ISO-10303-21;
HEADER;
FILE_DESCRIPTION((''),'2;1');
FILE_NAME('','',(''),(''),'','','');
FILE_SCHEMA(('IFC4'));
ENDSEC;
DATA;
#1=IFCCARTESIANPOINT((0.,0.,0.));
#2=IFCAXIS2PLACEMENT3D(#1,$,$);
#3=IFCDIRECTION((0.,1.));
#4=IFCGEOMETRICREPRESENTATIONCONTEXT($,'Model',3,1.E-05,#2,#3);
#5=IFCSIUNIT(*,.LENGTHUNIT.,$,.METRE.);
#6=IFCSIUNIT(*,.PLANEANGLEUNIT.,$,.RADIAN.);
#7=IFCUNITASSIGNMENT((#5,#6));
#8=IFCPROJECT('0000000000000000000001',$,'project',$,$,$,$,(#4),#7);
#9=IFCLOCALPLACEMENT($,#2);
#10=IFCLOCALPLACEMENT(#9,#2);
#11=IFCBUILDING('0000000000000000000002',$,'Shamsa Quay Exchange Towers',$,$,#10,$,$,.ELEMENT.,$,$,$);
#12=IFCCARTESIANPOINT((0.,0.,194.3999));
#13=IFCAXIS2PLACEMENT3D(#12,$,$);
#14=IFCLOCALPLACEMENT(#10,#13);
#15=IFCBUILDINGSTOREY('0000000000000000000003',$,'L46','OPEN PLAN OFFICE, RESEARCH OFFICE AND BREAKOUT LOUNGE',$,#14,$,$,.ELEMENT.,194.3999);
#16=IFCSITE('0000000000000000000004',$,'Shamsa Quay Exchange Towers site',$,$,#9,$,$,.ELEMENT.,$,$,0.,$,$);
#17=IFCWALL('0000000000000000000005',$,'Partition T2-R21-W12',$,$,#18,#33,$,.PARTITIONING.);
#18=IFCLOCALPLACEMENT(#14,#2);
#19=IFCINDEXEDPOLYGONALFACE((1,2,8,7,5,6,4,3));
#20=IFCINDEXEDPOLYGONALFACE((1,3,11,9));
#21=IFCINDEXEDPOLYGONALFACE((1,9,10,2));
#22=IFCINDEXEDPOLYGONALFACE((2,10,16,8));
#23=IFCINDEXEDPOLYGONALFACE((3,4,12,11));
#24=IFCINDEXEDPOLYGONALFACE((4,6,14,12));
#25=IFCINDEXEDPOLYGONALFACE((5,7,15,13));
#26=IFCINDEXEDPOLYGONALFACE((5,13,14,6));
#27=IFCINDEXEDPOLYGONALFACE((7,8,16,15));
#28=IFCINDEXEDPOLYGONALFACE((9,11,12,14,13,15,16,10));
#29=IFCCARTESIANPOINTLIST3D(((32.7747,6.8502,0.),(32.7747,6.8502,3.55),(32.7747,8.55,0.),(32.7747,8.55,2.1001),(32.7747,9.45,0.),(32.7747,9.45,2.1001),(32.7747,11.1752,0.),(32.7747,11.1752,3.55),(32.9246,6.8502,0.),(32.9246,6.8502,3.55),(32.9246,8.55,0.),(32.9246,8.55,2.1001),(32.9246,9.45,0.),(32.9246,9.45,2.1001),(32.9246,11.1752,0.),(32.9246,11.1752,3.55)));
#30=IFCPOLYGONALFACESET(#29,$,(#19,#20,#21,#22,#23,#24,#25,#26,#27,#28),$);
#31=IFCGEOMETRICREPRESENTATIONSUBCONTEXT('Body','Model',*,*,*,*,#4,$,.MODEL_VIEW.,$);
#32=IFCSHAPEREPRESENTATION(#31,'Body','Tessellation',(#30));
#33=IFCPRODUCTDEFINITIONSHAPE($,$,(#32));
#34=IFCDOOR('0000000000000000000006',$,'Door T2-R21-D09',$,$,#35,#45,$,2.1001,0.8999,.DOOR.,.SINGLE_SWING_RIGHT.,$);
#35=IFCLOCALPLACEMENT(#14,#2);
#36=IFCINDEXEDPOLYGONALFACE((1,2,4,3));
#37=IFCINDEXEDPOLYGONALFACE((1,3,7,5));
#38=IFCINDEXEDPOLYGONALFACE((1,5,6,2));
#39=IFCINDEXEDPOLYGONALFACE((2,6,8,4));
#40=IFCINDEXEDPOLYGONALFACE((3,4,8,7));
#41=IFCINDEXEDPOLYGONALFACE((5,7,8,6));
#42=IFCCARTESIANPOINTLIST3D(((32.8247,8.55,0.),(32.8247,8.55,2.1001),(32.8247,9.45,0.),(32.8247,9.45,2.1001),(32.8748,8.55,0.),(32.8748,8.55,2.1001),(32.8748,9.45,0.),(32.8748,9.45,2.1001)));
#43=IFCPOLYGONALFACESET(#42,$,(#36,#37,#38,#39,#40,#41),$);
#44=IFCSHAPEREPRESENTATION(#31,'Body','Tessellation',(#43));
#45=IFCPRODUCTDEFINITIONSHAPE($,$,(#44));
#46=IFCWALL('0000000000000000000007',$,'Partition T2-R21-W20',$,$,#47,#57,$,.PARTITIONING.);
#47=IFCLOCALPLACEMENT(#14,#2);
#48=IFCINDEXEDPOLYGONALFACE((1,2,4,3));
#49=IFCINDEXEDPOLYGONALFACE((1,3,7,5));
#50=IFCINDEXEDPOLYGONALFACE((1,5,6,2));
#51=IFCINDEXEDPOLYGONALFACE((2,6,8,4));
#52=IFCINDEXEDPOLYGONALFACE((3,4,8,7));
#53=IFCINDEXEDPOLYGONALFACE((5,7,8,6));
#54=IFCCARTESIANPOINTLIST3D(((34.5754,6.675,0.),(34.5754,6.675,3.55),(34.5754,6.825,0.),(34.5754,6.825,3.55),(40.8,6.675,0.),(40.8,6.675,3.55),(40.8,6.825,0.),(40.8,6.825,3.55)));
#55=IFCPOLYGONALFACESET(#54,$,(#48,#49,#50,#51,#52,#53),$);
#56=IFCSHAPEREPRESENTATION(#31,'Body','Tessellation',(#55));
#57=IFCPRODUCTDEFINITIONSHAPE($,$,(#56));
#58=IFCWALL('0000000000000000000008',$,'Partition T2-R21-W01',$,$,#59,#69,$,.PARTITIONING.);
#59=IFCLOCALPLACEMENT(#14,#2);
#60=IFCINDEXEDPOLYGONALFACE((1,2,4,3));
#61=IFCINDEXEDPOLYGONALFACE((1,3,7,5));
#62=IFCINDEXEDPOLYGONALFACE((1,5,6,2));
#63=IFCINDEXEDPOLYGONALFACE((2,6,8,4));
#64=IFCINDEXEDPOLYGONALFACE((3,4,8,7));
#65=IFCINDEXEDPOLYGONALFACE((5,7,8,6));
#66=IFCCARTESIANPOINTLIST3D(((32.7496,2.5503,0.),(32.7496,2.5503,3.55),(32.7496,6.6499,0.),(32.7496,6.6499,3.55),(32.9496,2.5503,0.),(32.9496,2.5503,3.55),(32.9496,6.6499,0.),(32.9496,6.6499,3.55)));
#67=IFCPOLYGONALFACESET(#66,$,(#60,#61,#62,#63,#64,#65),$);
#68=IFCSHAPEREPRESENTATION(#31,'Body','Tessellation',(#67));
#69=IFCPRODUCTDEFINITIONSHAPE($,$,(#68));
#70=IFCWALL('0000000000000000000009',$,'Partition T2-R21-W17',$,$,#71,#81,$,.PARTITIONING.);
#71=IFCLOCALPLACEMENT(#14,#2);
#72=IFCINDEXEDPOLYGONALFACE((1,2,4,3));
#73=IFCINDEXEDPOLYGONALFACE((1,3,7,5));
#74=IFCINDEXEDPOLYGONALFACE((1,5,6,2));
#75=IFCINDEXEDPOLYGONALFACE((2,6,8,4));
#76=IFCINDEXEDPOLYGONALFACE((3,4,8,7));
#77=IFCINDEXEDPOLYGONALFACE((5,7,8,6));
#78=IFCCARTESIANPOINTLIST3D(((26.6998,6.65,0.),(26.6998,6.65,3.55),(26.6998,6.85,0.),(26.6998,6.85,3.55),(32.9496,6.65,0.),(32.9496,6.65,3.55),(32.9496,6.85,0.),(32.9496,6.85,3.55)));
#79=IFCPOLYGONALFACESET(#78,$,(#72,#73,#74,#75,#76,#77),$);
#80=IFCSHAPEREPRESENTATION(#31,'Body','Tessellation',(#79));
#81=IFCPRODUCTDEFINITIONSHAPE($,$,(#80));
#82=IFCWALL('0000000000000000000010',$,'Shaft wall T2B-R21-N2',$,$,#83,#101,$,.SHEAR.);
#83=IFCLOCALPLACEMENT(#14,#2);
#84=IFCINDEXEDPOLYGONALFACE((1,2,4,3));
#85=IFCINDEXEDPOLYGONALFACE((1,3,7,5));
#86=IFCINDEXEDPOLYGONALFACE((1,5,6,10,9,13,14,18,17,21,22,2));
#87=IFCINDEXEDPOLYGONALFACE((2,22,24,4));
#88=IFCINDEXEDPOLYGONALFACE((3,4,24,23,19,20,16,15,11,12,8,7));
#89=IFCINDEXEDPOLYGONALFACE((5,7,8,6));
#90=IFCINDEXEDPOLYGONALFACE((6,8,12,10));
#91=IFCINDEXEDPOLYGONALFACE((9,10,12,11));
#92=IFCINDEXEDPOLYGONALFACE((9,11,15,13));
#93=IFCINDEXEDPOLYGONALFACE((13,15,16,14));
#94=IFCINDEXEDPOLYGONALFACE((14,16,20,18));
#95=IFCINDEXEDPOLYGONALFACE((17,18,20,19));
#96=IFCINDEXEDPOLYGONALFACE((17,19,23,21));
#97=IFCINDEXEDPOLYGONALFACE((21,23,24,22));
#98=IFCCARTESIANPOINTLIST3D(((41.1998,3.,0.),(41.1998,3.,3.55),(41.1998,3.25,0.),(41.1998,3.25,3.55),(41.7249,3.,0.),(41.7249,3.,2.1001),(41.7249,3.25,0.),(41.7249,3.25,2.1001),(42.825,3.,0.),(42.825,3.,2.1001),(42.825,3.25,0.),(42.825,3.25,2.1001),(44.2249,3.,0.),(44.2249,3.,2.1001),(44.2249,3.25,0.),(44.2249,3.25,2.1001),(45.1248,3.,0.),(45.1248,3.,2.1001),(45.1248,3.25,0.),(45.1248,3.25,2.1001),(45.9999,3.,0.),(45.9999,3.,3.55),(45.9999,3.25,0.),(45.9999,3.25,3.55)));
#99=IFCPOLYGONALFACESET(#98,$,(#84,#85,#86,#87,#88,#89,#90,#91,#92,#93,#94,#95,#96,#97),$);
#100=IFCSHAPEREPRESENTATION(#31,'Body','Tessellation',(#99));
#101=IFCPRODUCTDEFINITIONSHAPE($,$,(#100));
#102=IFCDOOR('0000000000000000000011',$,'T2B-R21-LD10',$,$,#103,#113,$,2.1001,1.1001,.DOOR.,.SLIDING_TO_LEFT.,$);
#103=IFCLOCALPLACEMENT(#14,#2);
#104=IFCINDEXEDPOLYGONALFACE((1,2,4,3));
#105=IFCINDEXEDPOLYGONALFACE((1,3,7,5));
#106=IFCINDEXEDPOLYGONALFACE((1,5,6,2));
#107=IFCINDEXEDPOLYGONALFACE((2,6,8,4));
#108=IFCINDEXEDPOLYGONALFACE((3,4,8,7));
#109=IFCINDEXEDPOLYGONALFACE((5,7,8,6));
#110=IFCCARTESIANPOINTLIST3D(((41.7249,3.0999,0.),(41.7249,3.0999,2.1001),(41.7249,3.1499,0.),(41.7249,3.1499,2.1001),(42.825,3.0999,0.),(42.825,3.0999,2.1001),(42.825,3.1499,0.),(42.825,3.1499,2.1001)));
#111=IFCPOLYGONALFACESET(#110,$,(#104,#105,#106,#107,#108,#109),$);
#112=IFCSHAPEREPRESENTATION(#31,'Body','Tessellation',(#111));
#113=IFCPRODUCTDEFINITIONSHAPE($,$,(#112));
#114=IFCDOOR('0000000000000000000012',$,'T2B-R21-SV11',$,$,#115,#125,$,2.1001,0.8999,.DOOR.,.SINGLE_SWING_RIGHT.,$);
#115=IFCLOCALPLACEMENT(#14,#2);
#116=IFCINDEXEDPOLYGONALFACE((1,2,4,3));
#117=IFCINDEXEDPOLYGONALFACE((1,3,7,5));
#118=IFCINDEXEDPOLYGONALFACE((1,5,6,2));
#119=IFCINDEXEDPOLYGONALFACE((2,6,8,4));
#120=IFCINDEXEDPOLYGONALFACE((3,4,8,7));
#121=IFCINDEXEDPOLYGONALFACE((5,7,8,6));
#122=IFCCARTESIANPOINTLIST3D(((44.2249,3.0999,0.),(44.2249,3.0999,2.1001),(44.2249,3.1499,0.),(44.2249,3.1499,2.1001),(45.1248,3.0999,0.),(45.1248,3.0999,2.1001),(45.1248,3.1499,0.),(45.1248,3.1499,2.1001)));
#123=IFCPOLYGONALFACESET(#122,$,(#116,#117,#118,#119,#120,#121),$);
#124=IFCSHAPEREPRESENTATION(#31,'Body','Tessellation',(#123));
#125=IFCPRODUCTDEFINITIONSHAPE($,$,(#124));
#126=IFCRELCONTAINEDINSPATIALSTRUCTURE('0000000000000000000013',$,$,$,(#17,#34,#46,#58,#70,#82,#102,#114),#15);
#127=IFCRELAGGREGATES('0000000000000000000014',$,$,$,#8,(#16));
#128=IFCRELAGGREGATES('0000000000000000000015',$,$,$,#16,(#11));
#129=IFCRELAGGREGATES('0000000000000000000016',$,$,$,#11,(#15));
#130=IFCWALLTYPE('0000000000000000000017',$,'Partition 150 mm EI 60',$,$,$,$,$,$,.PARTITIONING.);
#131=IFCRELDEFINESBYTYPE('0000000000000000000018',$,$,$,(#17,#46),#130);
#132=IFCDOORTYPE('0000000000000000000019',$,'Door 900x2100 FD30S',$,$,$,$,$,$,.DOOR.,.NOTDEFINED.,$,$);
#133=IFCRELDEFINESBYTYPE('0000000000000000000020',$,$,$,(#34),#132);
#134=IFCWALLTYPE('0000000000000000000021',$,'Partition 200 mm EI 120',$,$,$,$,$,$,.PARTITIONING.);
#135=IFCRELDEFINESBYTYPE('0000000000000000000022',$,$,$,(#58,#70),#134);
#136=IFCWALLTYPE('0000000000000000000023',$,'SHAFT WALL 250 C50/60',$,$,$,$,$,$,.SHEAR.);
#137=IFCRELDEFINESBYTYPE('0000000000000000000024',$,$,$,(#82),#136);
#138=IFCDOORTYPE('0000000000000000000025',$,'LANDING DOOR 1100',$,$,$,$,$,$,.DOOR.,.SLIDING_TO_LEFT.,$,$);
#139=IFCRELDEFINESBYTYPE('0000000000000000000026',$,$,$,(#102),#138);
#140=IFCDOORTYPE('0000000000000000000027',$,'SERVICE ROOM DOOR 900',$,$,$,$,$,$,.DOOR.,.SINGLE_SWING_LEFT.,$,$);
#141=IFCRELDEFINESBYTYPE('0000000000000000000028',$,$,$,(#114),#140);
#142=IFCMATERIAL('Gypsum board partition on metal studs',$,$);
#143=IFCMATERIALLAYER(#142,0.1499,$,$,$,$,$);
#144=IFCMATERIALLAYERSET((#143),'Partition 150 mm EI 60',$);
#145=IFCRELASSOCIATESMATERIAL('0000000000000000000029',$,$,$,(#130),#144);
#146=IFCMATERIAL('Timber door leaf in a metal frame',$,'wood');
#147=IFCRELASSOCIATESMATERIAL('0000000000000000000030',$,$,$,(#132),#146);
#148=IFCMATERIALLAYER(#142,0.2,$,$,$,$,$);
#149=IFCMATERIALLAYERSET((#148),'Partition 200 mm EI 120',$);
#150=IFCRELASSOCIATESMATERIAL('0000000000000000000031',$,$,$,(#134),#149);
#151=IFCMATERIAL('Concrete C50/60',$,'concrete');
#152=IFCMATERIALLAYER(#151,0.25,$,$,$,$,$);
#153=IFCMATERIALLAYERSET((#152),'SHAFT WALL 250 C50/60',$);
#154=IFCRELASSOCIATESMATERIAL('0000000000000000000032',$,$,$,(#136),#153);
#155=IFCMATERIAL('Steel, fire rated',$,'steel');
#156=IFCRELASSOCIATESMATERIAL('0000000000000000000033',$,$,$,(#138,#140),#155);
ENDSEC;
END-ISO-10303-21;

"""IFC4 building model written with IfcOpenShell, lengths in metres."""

from ifc_helpers import new_model, si_unit, direction, frame, frame_2d, origin, place, context, subcontext, project, spatial, rectangle, extrude, material, layer, layer_set, type_object, element, fill, save


model = new_model("IFC4")

# Units and contexts
model_context = context("Model", 3, precision=1e-05, world=origin(), true_north=direction((0.0, 1.0)))
body_context = subcontext(model_context, "Body", "Model", "MODEL_VIEW")
ifc_project = project(units=[si_unit("LENGTHUNIT", "METRE"), si_unit("PLANEANGLEUNIT", "RADIAN")], contexts=[model_context])

# Site, building, storey
site_placement = place(None, origin())
site = spatial("IfcSite", under=ifc_project, at=site_placement, Name="Shamsa Quay Exchange Towers site", CompositionType="ELEMENT", RefElevation=0.0)
building_placement = place(site_placement, origin())
building = spatial("IfcBuilding", under=site, at=building_placement, Name="Shamsa Quay Exchange Towers", CompositionType="ELEMENT")
storey_placement = place(building_placement, frame((0.0, 0.0, 194.3999)))
storey = spatial("IfcBuildingStorey", under=building, at=storey_placement, Name="L46", Description="OPEN PLAN OFFICE, RESEARCH OFFICE AND BREAKOUT LOUNGE", CompositionType="ELEMENT", Elevation=194.3999)

# Shared definitions
ifc_material_1 = material(Name="Timber door leaf in a metal frame", Category="wood")

# Shared definitions
ifc_material_2 = material(Name="Gypsum board partition on metal studs")

# Shared definitions
ifc_layer_1 = layer(ifc_material_2, 0.1499)
ifc_layer_set_1 = layer_set([ifc_layer_1], Name="Partition 150 mm EI 60")
wall_type_1 = type_object("IfcWallType", Name="Partition 150 mm EI 60", PredefinedType="PARTITIONING", material=ifc_layer_set_1)

# Wall, opening, door
wall_1_placement = place(storey_placement, frame((32.8496, 6.8501, 0.0), z_axis=(0.0, 0.0, 1.0), x_axis=(0.0, 1.0, 0.0)))
wall_1 = element("IfcWall", 1, at=wall_1_placement, inside=storey, type_object=wall_type_1, Name="Partition T2-R21-W12", PredefinedType="PARTITIONING", context=body_context, shape_type="SweptSolid", body=[
    extrude(rectangle(XDim=4.325, YDim=0.1499, at=frame_2d((2.1626, 0.0))), origin(), (0.0, 0.0, 1.0), 3.55),
])
opening_1_placement = place(wall_1_placement, frame((1.7, 0.0, 0.0)))
opening_1 = element("IfcOpeningElement", 2, at=opening_1_placement, cuts=wall_1, PredefinedType="OPENING", context=body_context, shape_type="SweptSolid", body=[
    extrude(rectangle(XDim=0.8999, YDim=2.1001, at=frame_2d((0.45, 1.05))), frame((0.0, 0.085, 0.0), z_axis=(0.0, -1.0, 0.0), x_axis=(1.0, 0.0, 0.0)), (0.0, 0.0, 1.0), 0.1699),
])
door_type_1 = type_object("IfcDoorType", Name="Door 900x2100 FD30S", OperationType="NOTDEFINED", PredefinedType="DOOR", material=ifc_material_1)
door_1_placement = place(opening_1_placement, origin())
door_1 = element("IfcDoor", 3, at=door_1_placement, inside=storey, type_object=door_type_1, Name="Door T2-R21-D09", OperationType="SINGLE_SWING_RIGHT", OverallHeight=2.1001, OverallWidth=0.8999, PredefinedType="DOOR", context=body_context, shape_type="SweptSolid", body=[
    extrude(rectangle(XDim=0.8999, YDim=2.1001, at=frame_2d((0.45, 1.05))), frame((0.0, 0.0249, 0.0), z_axis=(0.0, -1.0, 0.0), x_axis=(1.0, 0.0, 0.0)), (0.0, 0.0, 1.0), 0.05),
])
fill(opening_1, door_1)

# Walls
wall_2_placement = place(storey_placement, frame((40.8, 6.75, 0.0), z_axis=(0.0, 0.0, 1.0), x_axis=(-1.0, 0.0, 0.0)))
element("IfcWall", 4, at=wall_2_placement, inside=storey, type_object=wall_type_1, Name="Partition T2-R21-W20", PredefinedType="PARTITIONING", context=body_context, shape_type="SweptSolid", body=[
    extrude(rectangle(XDim=6.2246, YDim=0.1499, at=frame_2d((3.1123, 0.0))), origin(), (0.0, 0.0, 1.0), 3.55),
])
ifc_layer_2 = layer(ifc_material_2, 0.2)
ifc_layer_set_2 = layer_set([ifc_layer_2], Name="Partition 200 mm EI 120")
wall_type_2 = type_object("IfcWallType", Name="Partition 200 mm EI 120", PredefinedType="PARTITIONING", material=ifc_layer_set_2)
wall_3_placement = place(storey_placement, frame((32.8496, 2.5503, 0.0), z_axis=(0.0, 0.0, 1.0), x_axis=(0.0, 1.0, 0.0)))
element("IfcWall", 5, at=wall_3_placement, inside=storey, type_object=wall_type_2, Name="Partition T2-R21-W01", PredefinedType="PARTITIONING", context=body_context, shape_type="SweptSolid", body=[
    extrude(rectangle(XDim=4.0996, YDim=0.2, at=frame_2d((2.0498, 0.0))), origin(), (0.0, 0.0, 1.0), 3.55),
])
wall_4_placement = place(storey_placement, frame((32.9497, 6.75, 0.0), z_axis=(0.0, 0.0, 1.0), x_axis=(-1.0, 0.0, 0.0)))
element("IfcWall", 6, at=wall_4_placement, inside=storey, type_object=wall_type_2, Name="Partition T2-R21-W17", PredefinedType="PARTITIONING", context=body_context, shape_type="SweptSolid", body=[
    extrude(rectangle(XDim=6.2498, YDim=0.2, at=frame_2d((3.125, 0.0))), origin(), (0.0, 0.0, 1.0), 3.55),
])

# Wall, openings, doors
ifc_material_3 = material(Name="Concrete C50/60", Category="concrete")
ifc_layer_3 = layer(ifc_material_3, 0.25)
ifc_layer_set_3 = layer_set([ifc_layer_3], Name="SHAFT WALL 250 C50/60")
wall_type_3 = type_object("IfcWallType", Name="SHAFT WALL 250 C50/60", PredefinedType="SHEAR", material=ifc_layer_set_3)
wall_5_placement = place(storey_placement, frame((41.2, 3.125, 0.0)))
wall_5 = element("IfcWall", 7, at=wall_5_placement, inside=storey, type_object=wall_type_3, Name="Shaft wall T2B-R21-N2", PredefinedType="SHEAR", context=body_context, shape_type="SweptSolid", body=[
    extrude(rectangle(XDim=4.8, YDim=0.25, at=frame_2d((2.3999, 0.0))), origin(), (0.0, 0.0, 1.0), 3.55),
])
opening_2_placement = place(wall_5_placement, frame((0.5249, 0.0, 0.0)))
opening_2 = element("IfcOpeningElement", 8, at=opening_2_placement, cuts=wall_5, PredefinedType="OPENING", context=body_context, shape_type="SweptSolid", body=[
    extrude(rectangle(XDim=1.1001, YDim=2.1001, at=frame_2d((0.55, 1.05))), frame((0.0, 0.135, 0.0), z_axis=(0.0, -1.0, 0.0), x_axis=(1.0, 0.0, 0.0)), (0.0, 0.0, 1.0), 0.27),
])
opening_3_placement = place(wall_5_placement, frame((3.0249, 0.0, 0.0)))
opening_3 = element("IfcOpeningElement", 9, at=opening_3_placement, cuts=wall_5, PredefinedType="OPENING", context=body_context, shape_type="SweptSolid", body=[
    extrude(rectangle(XDim=0.8999, YDim=2.1001, at=frame_2d((0.45, 1.05))), frame((0.0, 0.135, 0.0), z_axis=(0.0, -1.0, 0.0), x_axis=(1.0, 0.0, 0.0)), (0.0, 0.0, 1.0), 0.27),
])
ifc_material_4 = material(Name="Steel, fire rated", Category="steel")
door_type_2 = type_object("IfcDoorType", Name="LANDING DOOR 1100", OperationType="SLIDING_TO_LEFT", PredefinedType="DOOR", material=ifc_material_4)
door_2_placement = place(opening_2_placement, origin())
door_2 = element("IfcDoor", 10, at=door_2_placement, inside=storey, type_object=door_type_2, Name="T2B-R21-LD10", OperationType="SLIDING_TO_LEFT", OverallHeight=2.1001, OverallWidth=1.1001, PredefinedType="DOOR", context=body_context, shape_type="SweptSolid", body=[
    extrude(rectangle(XDim=1.1001, YDim=2.1001, at=frame_2d((0.55, 1.05))), frame((0.0, 0.0249, 0.0), z_axis=(0.0, -1.0, 0.0), x_axis=(1.0, 0.0, 0.0)), (0.0, 0.0, 1.0), 0.05),
])
fill(opening_2, door_2)
door_type_3 = type_object("IfcDoorType", Name="SERVICE ROOM DOOR 900", OperationType="SINGLE_SWING_LEFT", PredefinedType="DOOR", material=ifc_material_4)
door_3_placement = place(opening_3_placement, origin())
door_3 = element("IfcDoor", 11, at=door_3_placement, inside=storey, type_object=door_type_3, Name="T2B-R21-SV11", OperationType="SINGLE_SWING_RIGHT", OverallHeight=2.1001, OverallWidth=0.8999, PredefinedType="DOOR", context=body_context, shape_type="SweptSolid", body=[
    extrude(rectangle(XDim=0.8999, YDim=2.1001, at=frame_2d((0.45, 1.05))), frame((0.0, 0.0249, 0.0), z_axis=(0.0, -1.0, 0.0), x_axis=(1.0, 0.0, 0.0)), (0.0, 0.0, 1.0), 0.05),
])
fill(opening_3, door_3)

save(model, "model.ifc")
